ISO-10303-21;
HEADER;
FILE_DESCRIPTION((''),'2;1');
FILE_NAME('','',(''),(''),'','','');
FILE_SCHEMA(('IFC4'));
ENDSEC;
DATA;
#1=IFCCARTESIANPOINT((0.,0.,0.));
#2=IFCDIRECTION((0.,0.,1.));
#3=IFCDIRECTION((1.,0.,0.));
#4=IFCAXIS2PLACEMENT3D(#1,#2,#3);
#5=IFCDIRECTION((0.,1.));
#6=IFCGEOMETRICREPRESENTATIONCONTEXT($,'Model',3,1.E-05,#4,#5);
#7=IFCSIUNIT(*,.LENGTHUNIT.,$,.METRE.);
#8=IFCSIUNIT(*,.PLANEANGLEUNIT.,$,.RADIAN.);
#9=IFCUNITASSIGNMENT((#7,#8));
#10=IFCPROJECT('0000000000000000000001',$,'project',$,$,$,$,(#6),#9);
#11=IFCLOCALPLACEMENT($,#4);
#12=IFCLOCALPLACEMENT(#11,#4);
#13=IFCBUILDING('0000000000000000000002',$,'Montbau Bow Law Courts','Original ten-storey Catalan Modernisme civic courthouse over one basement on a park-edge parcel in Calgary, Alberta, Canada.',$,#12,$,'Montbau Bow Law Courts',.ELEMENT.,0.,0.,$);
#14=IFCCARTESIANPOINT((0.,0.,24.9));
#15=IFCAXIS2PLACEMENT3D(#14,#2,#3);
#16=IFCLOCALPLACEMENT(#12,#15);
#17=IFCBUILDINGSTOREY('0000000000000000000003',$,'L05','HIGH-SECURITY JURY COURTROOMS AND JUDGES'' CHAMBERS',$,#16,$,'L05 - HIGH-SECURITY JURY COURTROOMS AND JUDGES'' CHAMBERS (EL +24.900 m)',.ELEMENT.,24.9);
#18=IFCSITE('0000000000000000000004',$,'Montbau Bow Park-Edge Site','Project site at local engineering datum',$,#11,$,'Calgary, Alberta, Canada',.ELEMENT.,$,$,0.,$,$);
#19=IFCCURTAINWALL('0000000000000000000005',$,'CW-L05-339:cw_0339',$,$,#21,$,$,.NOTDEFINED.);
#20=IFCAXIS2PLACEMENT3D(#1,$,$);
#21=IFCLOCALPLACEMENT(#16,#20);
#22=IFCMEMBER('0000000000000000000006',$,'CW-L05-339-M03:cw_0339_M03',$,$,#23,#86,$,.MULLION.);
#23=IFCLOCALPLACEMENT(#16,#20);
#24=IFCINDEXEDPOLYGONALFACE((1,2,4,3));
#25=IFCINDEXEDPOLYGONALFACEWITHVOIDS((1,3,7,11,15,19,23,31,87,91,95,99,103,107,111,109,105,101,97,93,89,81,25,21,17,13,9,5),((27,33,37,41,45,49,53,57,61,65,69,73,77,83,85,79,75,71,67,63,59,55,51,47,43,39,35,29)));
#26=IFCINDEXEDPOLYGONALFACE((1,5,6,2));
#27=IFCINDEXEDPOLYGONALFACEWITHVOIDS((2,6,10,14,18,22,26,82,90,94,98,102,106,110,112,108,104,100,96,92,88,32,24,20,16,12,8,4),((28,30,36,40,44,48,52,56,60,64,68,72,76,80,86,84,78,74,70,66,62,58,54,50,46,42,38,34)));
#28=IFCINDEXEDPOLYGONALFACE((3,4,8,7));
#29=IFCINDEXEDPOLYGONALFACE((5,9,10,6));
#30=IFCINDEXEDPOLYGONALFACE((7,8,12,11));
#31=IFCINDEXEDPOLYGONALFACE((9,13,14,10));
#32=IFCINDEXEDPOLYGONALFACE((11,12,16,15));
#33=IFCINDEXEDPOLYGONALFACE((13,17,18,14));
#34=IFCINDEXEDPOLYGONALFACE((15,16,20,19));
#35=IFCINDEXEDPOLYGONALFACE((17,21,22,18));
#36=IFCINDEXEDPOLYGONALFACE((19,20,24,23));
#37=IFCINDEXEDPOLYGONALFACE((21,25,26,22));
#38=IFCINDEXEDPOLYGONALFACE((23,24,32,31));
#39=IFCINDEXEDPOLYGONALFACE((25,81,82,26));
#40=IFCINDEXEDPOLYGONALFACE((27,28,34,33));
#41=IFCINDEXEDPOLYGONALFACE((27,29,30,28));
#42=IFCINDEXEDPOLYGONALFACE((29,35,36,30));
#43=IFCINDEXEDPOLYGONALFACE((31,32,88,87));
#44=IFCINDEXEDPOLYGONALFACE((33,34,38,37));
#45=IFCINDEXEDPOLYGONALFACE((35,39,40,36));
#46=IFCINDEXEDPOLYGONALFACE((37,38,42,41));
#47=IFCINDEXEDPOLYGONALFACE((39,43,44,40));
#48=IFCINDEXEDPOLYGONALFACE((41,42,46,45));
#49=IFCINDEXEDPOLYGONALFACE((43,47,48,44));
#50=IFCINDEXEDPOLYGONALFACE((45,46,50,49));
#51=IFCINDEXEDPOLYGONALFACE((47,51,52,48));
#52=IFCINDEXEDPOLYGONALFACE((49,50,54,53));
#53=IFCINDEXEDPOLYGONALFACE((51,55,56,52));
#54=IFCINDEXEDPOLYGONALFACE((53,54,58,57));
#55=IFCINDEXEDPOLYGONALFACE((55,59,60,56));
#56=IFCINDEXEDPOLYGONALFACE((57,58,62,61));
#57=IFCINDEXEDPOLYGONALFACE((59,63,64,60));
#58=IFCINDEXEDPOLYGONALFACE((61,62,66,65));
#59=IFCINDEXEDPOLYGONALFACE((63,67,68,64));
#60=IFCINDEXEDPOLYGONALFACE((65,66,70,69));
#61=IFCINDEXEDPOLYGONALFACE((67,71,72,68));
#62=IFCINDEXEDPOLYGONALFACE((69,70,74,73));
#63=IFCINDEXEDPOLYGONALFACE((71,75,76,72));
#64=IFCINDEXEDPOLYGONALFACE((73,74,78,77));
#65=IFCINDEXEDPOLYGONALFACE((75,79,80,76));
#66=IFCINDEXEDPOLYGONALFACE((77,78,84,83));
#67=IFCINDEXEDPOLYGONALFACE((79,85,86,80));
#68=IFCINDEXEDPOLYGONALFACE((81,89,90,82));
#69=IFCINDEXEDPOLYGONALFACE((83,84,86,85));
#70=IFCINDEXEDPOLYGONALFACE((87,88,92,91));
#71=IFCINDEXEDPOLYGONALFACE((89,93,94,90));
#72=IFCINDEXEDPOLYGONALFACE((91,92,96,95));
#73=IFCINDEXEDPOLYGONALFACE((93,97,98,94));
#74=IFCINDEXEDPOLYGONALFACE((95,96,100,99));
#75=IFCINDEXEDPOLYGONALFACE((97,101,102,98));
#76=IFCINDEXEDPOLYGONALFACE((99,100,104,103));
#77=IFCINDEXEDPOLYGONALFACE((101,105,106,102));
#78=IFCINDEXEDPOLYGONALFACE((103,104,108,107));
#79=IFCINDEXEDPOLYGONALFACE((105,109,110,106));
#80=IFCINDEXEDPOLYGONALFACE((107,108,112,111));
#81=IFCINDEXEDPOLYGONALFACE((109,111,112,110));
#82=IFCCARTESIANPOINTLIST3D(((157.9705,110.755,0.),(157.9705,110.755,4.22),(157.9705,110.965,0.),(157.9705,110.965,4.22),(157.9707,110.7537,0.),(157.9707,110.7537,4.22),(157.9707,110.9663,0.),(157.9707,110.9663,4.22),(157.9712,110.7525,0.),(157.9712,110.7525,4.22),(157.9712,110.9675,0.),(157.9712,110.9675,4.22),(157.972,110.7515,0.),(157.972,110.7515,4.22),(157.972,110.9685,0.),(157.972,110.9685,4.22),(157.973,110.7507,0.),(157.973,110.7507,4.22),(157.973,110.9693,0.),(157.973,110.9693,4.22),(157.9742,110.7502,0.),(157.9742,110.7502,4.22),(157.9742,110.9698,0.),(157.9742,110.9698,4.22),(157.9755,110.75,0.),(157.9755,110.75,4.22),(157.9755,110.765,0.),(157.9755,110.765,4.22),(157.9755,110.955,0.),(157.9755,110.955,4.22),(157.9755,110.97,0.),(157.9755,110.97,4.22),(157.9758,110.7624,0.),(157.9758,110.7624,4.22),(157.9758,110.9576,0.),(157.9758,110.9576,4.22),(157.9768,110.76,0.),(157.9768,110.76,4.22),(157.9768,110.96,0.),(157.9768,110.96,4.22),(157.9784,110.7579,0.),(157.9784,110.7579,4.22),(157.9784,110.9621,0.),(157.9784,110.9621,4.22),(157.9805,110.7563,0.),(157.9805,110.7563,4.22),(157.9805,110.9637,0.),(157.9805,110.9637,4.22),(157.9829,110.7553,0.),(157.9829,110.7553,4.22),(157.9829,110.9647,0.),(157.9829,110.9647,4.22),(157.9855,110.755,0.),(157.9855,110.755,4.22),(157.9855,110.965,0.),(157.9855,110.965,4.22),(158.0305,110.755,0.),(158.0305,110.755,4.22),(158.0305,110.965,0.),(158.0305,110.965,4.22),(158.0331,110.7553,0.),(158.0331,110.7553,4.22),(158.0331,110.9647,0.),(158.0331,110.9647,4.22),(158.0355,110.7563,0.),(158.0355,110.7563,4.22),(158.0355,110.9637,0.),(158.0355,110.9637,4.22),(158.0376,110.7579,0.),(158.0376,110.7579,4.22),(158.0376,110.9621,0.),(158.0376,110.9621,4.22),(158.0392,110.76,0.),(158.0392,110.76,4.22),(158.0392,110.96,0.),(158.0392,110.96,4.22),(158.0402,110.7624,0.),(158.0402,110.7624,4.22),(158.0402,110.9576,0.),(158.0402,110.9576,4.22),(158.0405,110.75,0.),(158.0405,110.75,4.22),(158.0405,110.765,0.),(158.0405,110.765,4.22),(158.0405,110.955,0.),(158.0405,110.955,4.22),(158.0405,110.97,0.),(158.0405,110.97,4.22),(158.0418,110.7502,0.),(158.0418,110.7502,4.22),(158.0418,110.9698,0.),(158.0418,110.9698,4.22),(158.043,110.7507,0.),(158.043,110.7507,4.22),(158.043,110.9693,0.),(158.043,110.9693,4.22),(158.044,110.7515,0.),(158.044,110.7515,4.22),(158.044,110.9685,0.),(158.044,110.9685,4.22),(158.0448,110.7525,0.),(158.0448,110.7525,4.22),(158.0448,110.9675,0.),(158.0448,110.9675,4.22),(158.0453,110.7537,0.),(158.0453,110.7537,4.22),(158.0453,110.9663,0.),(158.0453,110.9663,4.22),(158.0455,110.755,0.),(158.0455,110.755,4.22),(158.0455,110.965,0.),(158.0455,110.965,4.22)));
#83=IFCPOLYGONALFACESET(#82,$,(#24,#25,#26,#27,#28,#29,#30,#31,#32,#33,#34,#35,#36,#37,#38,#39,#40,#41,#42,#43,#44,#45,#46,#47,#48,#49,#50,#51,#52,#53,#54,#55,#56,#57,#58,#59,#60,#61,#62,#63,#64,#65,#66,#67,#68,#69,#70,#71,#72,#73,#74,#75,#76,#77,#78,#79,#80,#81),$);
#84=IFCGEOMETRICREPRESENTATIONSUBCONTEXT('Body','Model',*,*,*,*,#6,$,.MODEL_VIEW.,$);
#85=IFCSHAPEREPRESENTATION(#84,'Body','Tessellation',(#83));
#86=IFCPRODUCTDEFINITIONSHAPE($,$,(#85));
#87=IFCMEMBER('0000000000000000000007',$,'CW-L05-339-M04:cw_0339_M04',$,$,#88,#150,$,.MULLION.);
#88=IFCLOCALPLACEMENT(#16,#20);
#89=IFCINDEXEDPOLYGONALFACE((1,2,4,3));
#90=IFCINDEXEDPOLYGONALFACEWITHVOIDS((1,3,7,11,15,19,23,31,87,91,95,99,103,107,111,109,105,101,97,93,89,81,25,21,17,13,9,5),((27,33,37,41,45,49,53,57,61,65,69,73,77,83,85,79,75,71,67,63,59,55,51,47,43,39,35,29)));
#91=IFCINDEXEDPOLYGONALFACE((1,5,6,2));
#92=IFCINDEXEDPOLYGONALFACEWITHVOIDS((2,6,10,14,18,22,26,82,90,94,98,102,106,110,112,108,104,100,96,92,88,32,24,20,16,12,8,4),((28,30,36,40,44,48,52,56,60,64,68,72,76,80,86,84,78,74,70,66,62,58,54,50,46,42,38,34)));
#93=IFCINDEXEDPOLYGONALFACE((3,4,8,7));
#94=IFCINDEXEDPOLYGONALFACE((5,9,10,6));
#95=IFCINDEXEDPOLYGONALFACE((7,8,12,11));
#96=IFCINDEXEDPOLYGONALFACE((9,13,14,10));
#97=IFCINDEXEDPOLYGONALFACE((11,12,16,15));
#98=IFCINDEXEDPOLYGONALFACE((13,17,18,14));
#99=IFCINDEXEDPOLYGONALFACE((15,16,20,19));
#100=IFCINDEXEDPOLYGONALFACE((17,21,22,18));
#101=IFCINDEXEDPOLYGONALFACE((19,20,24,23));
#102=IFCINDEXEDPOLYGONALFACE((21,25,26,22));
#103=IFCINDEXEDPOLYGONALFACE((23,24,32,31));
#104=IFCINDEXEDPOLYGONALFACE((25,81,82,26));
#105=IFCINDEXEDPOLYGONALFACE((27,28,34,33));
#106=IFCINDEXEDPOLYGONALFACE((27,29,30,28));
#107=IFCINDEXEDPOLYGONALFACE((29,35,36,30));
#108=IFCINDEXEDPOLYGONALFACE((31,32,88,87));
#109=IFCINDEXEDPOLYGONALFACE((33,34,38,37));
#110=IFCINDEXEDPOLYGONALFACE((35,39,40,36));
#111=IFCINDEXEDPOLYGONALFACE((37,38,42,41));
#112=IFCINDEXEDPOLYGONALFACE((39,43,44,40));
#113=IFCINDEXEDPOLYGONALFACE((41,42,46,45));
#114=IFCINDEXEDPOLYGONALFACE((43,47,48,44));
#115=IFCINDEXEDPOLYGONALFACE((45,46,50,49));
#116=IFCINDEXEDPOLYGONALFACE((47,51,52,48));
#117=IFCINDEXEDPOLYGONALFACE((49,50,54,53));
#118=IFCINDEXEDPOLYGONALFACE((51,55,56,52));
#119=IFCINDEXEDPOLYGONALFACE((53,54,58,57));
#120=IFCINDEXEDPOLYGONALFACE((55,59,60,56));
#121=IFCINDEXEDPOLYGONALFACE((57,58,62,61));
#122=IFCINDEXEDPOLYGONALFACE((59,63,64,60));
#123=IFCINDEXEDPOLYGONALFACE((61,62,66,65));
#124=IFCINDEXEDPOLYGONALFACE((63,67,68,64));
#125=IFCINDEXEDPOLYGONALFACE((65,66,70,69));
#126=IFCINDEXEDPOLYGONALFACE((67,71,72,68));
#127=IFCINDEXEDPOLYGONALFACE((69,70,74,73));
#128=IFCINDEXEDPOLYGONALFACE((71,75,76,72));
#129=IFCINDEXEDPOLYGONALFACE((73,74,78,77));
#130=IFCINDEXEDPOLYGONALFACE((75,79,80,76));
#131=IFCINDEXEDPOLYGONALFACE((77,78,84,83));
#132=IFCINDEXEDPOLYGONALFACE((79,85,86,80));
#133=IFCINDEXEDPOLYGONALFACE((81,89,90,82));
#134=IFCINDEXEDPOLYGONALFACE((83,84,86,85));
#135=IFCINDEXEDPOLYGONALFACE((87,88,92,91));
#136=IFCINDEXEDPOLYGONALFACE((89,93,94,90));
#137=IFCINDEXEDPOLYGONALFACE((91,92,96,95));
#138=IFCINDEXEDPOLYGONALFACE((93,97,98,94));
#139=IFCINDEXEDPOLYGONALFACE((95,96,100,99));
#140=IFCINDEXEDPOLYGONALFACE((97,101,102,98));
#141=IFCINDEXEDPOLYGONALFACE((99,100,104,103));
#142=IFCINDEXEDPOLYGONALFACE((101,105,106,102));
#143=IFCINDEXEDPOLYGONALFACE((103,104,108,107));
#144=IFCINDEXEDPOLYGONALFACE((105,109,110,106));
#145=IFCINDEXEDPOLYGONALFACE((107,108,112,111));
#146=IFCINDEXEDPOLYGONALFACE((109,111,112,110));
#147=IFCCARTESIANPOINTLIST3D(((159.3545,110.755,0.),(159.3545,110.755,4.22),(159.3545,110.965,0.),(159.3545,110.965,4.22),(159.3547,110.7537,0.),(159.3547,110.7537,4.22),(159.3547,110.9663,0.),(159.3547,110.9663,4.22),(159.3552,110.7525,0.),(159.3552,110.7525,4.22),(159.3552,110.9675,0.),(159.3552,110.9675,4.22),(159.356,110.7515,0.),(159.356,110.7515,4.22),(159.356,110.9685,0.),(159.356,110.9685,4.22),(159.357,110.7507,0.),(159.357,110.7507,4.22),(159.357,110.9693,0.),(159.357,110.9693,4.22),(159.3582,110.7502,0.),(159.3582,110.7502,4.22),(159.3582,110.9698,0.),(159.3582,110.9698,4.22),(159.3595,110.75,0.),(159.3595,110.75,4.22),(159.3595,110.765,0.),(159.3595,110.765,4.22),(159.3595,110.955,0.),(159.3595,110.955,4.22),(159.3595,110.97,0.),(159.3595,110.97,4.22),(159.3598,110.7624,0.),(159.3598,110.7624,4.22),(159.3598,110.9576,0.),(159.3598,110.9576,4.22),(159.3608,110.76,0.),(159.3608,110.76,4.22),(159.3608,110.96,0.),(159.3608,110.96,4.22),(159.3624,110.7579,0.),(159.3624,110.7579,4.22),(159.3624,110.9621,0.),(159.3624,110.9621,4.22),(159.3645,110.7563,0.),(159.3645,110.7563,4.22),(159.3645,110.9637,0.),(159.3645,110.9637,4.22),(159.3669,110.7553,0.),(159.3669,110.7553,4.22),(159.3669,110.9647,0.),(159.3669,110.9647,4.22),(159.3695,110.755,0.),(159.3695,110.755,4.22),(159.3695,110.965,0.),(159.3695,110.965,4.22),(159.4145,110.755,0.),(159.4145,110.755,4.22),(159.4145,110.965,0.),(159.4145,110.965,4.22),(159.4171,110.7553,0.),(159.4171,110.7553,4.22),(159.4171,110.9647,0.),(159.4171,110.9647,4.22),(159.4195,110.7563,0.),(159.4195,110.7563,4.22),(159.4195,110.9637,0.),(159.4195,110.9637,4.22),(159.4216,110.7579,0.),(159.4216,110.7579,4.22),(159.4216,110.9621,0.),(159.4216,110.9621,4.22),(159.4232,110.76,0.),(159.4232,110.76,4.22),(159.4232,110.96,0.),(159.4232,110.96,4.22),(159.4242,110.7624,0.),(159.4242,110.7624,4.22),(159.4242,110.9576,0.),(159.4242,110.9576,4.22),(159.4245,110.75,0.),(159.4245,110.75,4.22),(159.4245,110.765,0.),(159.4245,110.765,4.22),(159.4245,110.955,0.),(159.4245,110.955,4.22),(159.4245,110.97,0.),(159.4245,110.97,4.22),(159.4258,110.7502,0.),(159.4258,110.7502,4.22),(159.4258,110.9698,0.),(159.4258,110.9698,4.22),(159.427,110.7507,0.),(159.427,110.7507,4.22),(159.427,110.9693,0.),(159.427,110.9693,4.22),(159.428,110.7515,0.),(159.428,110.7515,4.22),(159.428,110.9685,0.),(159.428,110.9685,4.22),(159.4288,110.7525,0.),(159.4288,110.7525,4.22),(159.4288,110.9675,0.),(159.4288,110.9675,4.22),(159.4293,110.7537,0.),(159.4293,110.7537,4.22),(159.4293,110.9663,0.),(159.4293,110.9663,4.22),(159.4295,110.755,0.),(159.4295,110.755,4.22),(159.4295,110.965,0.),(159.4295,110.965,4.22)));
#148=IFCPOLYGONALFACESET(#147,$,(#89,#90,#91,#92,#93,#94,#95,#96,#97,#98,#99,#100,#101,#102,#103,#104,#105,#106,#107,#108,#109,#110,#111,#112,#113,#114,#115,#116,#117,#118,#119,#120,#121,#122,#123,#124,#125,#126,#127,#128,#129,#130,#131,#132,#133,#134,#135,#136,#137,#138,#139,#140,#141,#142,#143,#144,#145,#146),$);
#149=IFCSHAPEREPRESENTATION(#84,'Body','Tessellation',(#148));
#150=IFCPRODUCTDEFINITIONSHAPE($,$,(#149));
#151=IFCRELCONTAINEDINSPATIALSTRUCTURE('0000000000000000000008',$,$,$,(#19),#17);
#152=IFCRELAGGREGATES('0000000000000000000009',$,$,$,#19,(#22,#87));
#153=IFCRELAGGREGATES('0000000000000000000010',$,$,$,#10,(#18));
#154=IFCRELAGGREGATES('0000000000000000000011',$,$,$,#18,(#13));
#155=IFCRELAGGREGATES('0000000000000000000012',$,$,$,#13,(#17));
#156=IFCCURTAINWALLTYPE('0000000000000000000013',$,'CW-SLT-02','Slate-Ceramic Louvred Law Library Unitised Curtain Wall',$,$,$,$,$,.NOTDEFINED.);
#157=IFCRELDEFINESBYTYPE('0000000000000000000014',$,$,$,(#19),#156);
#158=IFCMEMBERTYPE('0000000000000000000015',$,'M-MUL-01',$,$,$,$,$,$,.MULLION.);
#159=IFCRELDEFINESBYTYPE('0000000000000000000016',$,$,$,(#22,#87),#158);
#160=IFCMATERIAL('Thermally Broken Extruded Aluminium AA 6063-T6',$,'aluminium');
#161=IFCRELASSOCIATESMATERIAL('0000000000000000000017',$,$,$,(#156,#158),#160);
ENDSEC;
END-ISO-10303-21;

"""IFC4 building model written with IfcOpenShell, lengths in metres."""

from ifc_helpers import new_model, si_unit, direction, frame, origin_with_axes, origin_2d_with_axis, place, context, subcontext, project, spatial, hollow_rectangle, extrude, material, material_profile, profile_set, type_object, element, aggregate, save


model = new_model("IFC4")

# Units and contexts
model_context = context("Model", 3, precision=1e-05, world=origin_with_axes(), true_north=direction((0.0, 1.0)))
body_context = subcontext(model_context, "Body", "Model", "MODEL_VIEW")
ifc_project = project(units=[si_unit("LENGTHUNIT", "METRE"), si_unit("PLANEANGLEUNIT", "RADIAN")], contexts=[model_context])

# Site, building, storey
site_placement = place(None, origin_with_axes())
site = spatial("IfcSite", under=ifc_project, at=site_placement, Name="Montbau Bow Park-Edge Site", Description="Project site at local engineering datum", LongName="Calgary, Alberta, Canada", CompositionType="ELEMENT", RefElevation=0.0)
building_placement = place(site_placement, origin_with_axes())
building = spatial("IfcBuilding", under=site, at=building_placement, Name="Montbau Bow Law Courts", Description="Original ten-storey Catalan Modernisme civic courthouse over one basement on a park-edge parcel in Calgary, Alberta, Canada.", LongName="Montbau Bow Law Courts", CompositionType="ELEMENT", ElevationOfRefHeight=0.0, ElevationOfTerrain=0.0)
storey_placement = place(building_placement, frame((0.0, 0.0, 24.9), z_axis=(0.0, 0.0, 1.0), x_axis=(1.0, 0.0, 0.0)))
storey = spatial("IfcBuildingStorey", under=building, at=storey_placement, Name="L05", Description="HIGH-SECURITY JURY COURTROOMS AND JUDGES' CHAMBERS", LongName="L05 - HIGH-SECURITY JURY COURTROOMS AND JUDGES' CHAMBERS (EL +24.900 m)", CompositionType="ELEMENT", Elevation=24.9)

# Curtain wall, members
ifc_material_1 = material(Name="Thermally Broken Extruded Aluminium AA 6063-T6", Category="aluminium")
curtain_wall_type = type_object("IfcCurtainWallType", Name="CW-SLT-02", Description="Slate-Ceramic Louvred Law Library Unitised Curtain Wall", PredefinedType="NOTDEFINED", material=ifc_material_1)
curtain_wall_placement = place(None, frame((155.24, 110.86, 24.9), z_axis=(0.0, 0.0, 1.0), x_axis=(1.0, 0.0, 0.0)))
curtain_wall = element("IfcCurtainWall", 1, at=curtain_wall_placement, inside=storey, type_object=curtain_wall_type, Name="CW-L05-339:cw_0339", PredefinedType="NOTDEFINED")
ifc_material_profile_1 = material_profile(ifc_material_1, hollow_rectangle(XDim=0.075, YDim=0.22, WallThickness=0.005, InnerFilletRadius=0.01, OuterFilletRadius=0.005, at=origin_2d_with_axis()), Name="CWM-220X75", Category="Main", Priority=0)
ifc_profile_set_1 = profile_set([ifc_material_profile_1], Name="Thermally Broken Extruded Aluminium AA 6063-T6")
member_type_1 = type_object("IfcMemberType", Name="M-MUL-01", PredefinedType="MULLION", material=ifc_profile_set_1)
member_1_placement = place(None, frame((158.008, 110.86, 24.9), z_axis=(0.0, 0.0, 1.0), x_axis=(1.0, 0.0, 0.0)))
member_1 = element("IfcMember", 2, at=member_1_placement, type_object=member_type_1, Name="CW-L05-339-M03:cw_0339_M03", PredefinedType="MULLION", context=body_context, shape_type="SweptSolid", body=[
    extrude(hollow_rectangle(XDim=0.075, YDim=0.22, WallThickness=0.005, InnerFilletRadius=0.01, OuterFilletRadius=0.005, at=origin_2d_with_axis()), origin_with_axes(), (0.0, 0.0, 1.0), 4.22),
])
member_2_placement = place(None, frame((159.392, 110.86, 24.9), z_axis=(0.0, 0.0, 1.0), x_axis=(1.0, 0.0, 0.0)))
member_2 = element("IfcMember", 3, at=member_2_placement, type_object=member_type_1, Name="CW-L05-339-M04:cw_0339_M04", PredefinedType="MULLION", context=body_context, shape_type="SweptSolid", body=[
    extrude(hollow_rectangle(XDim=0.075, YDim=0.22, WallThickness=0.005, InnerFilletRadius=0.01, OuterFilletRadius=0.005, at=origin_2d_with_axis()), origin_with_axes(), (0.0, 0.0, 1.0), 4.22),
])
aggregate(curtain_wall, [member_1, member_2])

save(model, "model.ifc")
